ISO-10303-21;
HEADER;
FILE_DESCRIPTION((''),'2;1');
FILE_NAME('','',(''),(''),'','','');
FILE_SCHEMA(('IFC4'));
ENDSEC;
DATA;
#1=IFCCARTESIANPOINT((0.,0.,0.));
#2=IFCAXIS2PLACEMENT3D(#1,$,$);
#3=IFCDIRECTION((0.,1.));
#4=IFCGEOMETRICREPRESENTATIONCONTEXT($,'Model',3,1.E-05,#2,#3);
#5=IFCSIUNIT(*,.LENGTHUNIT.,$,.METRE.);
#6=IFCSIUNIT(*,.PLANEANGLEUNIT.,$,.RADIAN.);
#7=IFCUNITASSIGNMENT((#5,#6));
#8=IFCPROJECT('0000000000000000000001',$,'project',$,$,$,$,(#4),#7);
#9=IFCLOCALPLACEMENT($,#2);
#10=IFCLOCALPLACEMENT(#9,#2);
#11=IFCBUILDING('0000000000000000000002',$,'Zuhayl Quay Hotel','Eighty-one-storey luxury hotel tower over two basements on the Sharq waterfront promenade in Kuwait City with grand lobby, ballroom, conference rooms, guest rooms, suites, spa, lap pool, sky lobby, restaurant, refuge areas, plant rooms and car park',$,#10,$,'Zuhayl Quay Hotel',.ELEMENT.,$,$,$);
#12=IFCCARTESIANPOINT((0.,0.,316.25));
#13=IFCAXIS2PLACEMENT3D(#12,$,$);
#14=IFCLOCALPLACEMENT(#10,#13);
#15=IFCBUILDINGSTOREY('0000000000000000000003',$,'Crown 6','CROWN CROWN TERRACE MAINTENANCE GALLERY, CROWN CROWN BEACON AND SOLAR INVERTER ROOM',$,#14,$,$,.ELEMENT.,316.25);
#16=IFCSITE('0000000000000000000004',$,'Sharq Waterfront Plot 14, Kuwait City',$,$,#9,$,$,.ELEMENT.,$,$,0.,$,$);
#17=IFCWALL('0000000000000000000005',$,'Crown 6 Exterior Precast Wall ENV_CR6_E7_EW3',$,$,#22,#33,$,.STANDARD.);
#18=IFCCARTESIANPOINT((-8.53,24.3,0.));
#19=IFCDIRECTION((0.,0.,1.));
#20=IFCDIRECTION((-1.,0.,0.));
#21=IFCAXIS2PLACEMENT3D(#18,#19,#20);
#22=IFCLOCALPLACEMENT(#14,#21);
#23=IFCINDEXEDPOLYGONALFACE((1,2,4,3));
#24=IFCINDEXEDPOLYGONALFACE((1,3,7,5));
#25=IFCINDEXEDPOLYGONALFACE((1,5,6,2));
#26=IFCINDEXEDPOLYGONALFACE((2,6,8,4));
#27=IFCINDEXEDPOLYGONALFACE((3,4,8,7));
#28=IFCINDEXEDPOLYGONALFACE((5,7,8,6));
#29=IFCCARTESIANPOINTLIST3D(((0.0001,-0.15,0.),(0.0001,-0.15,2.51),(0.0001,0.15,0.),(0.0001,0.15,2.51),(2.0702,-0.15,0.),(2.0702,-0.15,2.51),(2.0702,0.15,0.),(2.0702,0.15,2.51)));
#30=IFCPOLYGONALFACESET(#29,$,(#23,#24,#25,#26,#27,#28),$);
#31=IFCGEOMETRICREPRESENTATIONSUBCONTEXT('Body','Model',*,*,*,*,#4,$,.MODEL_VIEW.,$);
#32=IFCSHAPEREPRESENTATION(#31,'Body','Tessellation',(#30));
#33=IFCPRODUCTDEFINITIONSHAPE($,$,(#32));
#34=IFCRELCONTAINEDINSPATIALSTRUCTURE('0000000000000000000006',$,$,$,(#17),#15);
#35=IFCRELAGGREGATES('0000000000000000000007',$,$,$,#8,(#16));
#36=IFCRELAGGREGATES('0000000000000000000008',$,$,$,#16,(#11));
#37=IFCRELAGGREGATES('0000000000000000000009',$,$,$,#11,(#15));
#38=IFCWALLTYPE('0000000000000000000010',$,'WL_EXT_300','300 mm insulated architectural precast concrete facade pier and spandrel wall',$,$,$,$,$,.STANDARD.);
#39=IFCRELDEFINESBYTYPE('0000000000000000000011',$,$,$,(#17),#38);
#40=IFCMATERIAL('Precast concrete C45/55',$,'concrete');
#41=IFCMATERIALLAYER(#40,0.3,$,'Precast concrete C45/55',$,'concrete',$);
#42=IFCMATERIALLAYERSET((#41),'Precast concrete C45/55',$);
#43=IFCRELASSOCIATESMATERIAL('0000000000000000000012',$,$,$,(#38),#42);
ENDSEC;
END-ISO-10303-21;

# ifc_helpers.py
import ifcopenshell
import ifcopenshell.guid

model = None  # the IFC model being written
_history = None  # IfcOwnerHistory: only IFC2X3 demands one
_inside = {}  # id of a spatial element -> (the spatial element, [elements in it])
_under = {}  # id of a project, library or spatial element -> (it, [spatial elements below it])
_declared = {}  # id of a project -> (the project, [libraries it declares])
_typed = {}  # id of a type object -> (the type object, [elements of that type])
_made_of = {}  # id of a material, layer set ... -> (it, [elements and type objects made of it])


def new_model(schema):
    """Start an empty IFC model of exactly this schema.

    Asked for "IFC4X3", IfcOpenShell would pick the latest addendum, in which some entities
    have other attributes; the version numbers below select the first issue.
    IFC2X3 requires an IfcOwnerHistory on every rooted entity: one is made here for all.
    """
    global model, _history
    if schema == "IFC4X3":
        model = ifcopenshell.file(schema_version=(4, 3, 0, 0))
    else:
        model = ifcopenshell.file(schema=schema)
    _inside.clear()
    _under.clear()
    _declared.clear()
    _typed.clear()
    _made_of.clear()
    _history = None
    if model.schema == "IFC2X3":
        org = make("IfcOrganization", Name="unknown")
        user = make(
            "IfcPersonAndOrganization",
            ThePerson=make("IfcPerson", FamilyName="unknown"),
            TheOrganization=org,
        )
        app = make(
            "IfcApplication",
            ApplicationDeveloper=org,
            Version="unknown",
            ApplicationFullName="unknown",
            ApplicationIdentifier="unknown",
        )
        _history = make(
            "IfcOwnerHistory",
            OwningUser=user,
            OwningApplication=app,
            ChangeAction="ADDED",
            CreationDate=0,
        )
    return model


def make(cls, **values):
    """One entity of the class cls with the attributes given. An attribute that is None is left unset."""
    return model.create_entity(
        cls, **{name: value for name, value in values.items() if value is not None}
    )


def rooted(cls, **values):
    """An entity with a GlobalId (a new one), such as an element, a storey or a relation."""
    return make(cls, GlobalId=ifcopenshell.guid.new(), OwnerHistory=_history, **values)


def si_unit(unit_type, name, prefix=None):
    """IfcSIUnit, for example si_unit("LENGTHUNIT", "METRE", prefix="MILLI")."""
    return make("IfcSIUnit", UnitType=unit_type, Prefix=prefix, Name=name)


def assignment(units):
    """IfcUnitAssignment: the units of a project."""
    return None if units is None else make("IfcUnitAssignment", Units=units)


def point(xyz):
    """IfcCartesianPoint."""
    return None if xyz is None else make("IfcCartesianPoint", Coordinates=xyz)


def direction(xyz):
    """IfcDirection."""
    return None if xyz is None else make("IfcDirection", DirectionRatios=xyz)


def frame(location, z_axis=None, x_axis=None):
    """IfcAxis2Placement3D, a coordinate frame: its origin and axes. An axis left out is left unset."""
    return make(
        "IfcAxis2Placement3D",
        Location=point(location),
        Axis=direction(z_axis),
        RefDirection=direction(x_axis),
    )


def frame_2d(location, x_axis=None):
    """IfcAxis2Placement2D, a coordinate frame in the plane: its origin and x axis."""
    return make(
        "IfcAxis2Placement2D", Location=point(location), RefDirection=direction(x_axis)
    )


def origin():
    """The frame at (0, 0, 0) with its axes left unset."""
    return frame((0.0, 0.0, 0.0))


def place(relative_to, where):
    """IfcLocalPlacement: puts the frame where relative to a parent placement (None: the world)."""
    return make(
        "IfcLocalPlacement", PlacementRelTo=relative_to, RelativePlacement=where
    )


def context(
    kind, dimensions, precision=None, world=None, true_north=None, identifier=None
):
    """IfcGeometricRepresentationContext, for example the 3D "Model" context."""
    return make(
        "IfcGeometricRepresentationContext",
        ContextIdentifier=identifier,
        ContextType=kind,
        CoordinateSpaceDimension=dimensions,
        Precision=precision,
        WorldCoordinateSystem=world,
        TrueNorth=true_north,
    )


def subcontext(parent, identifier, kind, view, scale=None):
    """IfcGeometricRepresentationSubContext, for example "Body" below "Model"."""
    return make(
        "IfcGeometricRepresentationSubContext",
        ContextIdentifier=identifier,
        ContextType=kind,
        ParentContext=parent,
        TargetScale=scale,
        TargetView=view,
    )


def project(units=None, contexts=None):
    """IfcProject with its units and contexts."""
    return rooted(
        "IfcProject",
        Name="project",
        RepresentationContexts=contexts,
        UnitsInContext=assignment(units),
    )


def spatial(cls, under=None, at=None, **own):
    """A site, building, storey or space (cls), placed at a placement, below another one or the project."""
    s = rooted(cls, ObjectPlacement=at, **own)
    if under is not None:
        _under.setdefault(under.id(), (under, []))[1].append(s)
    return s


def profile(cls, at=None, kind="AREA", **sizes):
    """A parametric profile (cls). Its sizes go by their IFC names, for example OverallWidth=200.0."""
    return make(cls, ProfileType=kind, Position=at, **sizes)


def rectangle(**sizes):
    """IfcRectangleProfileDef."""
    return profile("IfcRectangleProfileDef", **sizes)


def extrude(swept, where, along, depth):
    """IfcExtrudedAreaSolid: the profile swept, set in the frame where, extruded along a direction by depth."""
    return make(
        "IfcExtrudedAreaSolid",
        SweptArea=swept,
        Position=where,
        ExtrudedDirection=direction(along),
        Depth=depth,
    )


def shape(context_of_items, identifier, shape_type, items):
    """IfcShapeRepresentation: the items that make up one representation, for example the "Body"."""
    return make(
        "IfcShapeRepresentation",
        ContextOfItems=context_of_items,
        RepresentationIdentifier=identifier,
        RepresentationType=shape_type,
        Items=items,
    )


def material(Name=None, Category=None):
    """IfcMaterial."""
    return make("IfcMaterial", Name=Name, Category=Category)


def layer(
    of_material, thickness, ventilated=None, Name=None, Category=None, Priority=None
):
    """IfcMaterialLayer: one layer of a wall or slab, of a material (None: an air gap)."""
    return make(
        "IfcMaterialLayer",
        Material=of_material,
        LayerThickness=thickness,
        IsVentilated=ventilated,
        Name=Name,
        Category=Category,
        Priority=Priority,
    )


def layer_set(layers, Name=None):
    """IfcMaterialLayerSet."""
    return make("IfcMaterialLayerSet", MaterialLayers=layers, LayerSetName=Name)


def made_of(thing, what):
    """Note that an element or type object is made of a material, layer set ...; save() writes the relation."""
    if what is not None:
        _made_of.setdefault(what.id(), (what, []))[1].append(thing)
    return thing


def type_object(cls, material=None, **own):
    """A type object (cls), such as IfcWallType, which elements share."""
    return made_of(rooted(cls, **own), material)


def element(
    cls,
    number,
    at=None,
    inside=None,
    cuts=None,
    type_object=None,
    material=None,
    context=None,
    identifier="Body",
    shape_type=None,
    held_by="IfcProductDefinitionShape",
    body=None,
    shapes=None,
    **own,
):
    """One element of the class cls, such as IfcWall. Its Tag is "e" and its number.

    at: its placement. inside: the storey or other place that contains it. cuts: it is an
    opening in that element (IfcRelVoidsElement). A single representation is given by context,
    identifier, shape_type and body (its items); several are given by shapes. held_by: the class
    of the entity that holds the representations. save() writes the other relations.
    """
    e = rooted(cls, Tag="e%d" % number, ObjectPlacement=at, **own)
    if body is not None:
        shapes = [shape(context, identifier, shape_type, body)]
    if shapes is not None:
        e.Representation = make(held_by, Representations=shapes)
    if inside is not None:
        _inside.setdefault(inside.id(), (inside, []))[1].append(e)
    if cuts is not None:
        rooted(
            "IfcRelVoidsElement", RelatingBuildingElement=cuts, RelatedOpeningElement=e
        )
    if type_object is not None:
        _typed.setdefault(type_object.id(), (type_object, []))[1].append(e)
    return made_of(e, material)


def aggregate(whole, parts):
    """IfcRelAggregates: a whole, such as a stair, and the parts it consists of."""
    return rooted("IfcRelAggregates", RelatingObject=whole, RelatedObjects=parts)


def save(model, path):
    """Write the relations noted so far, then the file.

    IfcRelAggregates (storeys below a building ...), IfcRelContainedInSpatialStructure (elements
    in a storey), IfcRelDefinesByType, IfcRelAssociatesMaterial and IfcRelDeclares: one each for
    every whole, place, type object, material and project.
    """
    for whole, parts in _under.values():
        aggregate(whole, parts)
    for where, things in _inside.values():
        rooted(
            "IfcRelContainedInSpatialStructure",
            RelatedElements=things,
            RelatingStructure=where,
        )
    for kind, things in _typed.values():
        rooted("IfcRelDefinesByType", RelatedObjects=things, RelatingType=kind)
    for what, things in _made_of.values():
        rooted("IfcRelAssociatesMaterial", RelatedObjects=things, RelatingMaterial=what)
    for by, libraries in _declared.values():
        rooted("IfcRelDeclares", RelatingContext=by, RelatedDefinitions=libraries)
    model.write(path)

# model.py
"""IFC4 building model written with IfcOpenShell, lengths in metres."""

from ifc_helpers import new_model, si_unit, direction, frame, frame_2d, origin, place, context, subcontext, project, spatial, rectangle, extrude, material, layer, layer_set, type_object, element, save


model = new_model("IFC4")

# Units and contexts
model_context = context("Model", 3, precision=1e-05, world=origin(), true_north=direction((0.0, 1.0)))
body_context = subcontext(model_context, "Body", "Model", "MODEL_VIEW")
ifc_project = project(units=[si_unit("LENGTHUNIT", "METRE"), si_unit("PLANEANGLEUNIT", "RADIAN")], contexts=[model_context])

# Site, building, storey
site_placement = place(None, origin())
site = spatial("IfcSite", under=ifc_project, at=site_placement, Name="Sharq Waterfront Plot 14, Kuwait City", CompositionType="ELEMENT", RefElevation=0.0)
building_placement = place(site_placement, origin())
building = spatial("IfcBuilding", under=site, at=building_placement, Name="Zuhayl Quay Hotel", Description="Eighty-one-storey luxury hotel tower over two basements on the Sharq waterfront promenade in Kuwait City with grand lobby, ballroom, conference rooms, guest rooms, suites, spa, lap pool, sky lobby, restaurant, refuge areas, plant rooms and car park", LongName="Zuhayl Quay Hotel", CompositionType="ELEMENT")
storey_placement = place(building_placement, frame((0.0, 0.0, 316.25)))
storey = spatial("IfcBuildingStorey", under=building, at=storey_placement, Name="Crown 6", Description="CROWN CROWN TERRACE MAINTENANCE GALLERY, CROWN CROWN BEACON AND SOLAR INVERTER ROOM", CompositionType="ELEMENT", Elevation=316.25)

# Shared definitions
ifc_material_1 = material(Name="Precast concrete C45/55", Category="concrete")
ifc_layer_1 = layer(ifc_material_1, 0.3, Name="Precast concrete C45/55", Category="concrete")
ifc_layer_set_1 = layer_set([ifc_layer_1], Name="Precast concrete C45/55")
wall_type_1 = type_object("IfcWallType", Name="WL_EXT_300", Description="300 mm insulated architectural precast concrete facade pier and spandrel wall", PredefinedType="STANDARD", material=ifc_layer_set_1)

# Wall
wall_1_placement = place(storey_placement, frame((-8.53, 24.3, 0.0), z_axis=(0.0, 0.0, 1.0), x_axis=(-1.0, 0.0, 0.0)))
element("IfcWall", 1, at=wall_1_placement, inside=storey, type_object=wall_type_1, Name="Crown 6 Exterior Precast Wall ENV_CR6_E7_EW3", PredefinedType="STANDARD", context=body_context, shape_type="SweptSolid", body=[
    extrude(rectangle(XDim=2.0701, YDim=0.3, at=frame_2d((1.0352, 0.0))), origin(), (0.0, 0.0, 1.0), 2.51),
])

save(model, "model.ifc")
